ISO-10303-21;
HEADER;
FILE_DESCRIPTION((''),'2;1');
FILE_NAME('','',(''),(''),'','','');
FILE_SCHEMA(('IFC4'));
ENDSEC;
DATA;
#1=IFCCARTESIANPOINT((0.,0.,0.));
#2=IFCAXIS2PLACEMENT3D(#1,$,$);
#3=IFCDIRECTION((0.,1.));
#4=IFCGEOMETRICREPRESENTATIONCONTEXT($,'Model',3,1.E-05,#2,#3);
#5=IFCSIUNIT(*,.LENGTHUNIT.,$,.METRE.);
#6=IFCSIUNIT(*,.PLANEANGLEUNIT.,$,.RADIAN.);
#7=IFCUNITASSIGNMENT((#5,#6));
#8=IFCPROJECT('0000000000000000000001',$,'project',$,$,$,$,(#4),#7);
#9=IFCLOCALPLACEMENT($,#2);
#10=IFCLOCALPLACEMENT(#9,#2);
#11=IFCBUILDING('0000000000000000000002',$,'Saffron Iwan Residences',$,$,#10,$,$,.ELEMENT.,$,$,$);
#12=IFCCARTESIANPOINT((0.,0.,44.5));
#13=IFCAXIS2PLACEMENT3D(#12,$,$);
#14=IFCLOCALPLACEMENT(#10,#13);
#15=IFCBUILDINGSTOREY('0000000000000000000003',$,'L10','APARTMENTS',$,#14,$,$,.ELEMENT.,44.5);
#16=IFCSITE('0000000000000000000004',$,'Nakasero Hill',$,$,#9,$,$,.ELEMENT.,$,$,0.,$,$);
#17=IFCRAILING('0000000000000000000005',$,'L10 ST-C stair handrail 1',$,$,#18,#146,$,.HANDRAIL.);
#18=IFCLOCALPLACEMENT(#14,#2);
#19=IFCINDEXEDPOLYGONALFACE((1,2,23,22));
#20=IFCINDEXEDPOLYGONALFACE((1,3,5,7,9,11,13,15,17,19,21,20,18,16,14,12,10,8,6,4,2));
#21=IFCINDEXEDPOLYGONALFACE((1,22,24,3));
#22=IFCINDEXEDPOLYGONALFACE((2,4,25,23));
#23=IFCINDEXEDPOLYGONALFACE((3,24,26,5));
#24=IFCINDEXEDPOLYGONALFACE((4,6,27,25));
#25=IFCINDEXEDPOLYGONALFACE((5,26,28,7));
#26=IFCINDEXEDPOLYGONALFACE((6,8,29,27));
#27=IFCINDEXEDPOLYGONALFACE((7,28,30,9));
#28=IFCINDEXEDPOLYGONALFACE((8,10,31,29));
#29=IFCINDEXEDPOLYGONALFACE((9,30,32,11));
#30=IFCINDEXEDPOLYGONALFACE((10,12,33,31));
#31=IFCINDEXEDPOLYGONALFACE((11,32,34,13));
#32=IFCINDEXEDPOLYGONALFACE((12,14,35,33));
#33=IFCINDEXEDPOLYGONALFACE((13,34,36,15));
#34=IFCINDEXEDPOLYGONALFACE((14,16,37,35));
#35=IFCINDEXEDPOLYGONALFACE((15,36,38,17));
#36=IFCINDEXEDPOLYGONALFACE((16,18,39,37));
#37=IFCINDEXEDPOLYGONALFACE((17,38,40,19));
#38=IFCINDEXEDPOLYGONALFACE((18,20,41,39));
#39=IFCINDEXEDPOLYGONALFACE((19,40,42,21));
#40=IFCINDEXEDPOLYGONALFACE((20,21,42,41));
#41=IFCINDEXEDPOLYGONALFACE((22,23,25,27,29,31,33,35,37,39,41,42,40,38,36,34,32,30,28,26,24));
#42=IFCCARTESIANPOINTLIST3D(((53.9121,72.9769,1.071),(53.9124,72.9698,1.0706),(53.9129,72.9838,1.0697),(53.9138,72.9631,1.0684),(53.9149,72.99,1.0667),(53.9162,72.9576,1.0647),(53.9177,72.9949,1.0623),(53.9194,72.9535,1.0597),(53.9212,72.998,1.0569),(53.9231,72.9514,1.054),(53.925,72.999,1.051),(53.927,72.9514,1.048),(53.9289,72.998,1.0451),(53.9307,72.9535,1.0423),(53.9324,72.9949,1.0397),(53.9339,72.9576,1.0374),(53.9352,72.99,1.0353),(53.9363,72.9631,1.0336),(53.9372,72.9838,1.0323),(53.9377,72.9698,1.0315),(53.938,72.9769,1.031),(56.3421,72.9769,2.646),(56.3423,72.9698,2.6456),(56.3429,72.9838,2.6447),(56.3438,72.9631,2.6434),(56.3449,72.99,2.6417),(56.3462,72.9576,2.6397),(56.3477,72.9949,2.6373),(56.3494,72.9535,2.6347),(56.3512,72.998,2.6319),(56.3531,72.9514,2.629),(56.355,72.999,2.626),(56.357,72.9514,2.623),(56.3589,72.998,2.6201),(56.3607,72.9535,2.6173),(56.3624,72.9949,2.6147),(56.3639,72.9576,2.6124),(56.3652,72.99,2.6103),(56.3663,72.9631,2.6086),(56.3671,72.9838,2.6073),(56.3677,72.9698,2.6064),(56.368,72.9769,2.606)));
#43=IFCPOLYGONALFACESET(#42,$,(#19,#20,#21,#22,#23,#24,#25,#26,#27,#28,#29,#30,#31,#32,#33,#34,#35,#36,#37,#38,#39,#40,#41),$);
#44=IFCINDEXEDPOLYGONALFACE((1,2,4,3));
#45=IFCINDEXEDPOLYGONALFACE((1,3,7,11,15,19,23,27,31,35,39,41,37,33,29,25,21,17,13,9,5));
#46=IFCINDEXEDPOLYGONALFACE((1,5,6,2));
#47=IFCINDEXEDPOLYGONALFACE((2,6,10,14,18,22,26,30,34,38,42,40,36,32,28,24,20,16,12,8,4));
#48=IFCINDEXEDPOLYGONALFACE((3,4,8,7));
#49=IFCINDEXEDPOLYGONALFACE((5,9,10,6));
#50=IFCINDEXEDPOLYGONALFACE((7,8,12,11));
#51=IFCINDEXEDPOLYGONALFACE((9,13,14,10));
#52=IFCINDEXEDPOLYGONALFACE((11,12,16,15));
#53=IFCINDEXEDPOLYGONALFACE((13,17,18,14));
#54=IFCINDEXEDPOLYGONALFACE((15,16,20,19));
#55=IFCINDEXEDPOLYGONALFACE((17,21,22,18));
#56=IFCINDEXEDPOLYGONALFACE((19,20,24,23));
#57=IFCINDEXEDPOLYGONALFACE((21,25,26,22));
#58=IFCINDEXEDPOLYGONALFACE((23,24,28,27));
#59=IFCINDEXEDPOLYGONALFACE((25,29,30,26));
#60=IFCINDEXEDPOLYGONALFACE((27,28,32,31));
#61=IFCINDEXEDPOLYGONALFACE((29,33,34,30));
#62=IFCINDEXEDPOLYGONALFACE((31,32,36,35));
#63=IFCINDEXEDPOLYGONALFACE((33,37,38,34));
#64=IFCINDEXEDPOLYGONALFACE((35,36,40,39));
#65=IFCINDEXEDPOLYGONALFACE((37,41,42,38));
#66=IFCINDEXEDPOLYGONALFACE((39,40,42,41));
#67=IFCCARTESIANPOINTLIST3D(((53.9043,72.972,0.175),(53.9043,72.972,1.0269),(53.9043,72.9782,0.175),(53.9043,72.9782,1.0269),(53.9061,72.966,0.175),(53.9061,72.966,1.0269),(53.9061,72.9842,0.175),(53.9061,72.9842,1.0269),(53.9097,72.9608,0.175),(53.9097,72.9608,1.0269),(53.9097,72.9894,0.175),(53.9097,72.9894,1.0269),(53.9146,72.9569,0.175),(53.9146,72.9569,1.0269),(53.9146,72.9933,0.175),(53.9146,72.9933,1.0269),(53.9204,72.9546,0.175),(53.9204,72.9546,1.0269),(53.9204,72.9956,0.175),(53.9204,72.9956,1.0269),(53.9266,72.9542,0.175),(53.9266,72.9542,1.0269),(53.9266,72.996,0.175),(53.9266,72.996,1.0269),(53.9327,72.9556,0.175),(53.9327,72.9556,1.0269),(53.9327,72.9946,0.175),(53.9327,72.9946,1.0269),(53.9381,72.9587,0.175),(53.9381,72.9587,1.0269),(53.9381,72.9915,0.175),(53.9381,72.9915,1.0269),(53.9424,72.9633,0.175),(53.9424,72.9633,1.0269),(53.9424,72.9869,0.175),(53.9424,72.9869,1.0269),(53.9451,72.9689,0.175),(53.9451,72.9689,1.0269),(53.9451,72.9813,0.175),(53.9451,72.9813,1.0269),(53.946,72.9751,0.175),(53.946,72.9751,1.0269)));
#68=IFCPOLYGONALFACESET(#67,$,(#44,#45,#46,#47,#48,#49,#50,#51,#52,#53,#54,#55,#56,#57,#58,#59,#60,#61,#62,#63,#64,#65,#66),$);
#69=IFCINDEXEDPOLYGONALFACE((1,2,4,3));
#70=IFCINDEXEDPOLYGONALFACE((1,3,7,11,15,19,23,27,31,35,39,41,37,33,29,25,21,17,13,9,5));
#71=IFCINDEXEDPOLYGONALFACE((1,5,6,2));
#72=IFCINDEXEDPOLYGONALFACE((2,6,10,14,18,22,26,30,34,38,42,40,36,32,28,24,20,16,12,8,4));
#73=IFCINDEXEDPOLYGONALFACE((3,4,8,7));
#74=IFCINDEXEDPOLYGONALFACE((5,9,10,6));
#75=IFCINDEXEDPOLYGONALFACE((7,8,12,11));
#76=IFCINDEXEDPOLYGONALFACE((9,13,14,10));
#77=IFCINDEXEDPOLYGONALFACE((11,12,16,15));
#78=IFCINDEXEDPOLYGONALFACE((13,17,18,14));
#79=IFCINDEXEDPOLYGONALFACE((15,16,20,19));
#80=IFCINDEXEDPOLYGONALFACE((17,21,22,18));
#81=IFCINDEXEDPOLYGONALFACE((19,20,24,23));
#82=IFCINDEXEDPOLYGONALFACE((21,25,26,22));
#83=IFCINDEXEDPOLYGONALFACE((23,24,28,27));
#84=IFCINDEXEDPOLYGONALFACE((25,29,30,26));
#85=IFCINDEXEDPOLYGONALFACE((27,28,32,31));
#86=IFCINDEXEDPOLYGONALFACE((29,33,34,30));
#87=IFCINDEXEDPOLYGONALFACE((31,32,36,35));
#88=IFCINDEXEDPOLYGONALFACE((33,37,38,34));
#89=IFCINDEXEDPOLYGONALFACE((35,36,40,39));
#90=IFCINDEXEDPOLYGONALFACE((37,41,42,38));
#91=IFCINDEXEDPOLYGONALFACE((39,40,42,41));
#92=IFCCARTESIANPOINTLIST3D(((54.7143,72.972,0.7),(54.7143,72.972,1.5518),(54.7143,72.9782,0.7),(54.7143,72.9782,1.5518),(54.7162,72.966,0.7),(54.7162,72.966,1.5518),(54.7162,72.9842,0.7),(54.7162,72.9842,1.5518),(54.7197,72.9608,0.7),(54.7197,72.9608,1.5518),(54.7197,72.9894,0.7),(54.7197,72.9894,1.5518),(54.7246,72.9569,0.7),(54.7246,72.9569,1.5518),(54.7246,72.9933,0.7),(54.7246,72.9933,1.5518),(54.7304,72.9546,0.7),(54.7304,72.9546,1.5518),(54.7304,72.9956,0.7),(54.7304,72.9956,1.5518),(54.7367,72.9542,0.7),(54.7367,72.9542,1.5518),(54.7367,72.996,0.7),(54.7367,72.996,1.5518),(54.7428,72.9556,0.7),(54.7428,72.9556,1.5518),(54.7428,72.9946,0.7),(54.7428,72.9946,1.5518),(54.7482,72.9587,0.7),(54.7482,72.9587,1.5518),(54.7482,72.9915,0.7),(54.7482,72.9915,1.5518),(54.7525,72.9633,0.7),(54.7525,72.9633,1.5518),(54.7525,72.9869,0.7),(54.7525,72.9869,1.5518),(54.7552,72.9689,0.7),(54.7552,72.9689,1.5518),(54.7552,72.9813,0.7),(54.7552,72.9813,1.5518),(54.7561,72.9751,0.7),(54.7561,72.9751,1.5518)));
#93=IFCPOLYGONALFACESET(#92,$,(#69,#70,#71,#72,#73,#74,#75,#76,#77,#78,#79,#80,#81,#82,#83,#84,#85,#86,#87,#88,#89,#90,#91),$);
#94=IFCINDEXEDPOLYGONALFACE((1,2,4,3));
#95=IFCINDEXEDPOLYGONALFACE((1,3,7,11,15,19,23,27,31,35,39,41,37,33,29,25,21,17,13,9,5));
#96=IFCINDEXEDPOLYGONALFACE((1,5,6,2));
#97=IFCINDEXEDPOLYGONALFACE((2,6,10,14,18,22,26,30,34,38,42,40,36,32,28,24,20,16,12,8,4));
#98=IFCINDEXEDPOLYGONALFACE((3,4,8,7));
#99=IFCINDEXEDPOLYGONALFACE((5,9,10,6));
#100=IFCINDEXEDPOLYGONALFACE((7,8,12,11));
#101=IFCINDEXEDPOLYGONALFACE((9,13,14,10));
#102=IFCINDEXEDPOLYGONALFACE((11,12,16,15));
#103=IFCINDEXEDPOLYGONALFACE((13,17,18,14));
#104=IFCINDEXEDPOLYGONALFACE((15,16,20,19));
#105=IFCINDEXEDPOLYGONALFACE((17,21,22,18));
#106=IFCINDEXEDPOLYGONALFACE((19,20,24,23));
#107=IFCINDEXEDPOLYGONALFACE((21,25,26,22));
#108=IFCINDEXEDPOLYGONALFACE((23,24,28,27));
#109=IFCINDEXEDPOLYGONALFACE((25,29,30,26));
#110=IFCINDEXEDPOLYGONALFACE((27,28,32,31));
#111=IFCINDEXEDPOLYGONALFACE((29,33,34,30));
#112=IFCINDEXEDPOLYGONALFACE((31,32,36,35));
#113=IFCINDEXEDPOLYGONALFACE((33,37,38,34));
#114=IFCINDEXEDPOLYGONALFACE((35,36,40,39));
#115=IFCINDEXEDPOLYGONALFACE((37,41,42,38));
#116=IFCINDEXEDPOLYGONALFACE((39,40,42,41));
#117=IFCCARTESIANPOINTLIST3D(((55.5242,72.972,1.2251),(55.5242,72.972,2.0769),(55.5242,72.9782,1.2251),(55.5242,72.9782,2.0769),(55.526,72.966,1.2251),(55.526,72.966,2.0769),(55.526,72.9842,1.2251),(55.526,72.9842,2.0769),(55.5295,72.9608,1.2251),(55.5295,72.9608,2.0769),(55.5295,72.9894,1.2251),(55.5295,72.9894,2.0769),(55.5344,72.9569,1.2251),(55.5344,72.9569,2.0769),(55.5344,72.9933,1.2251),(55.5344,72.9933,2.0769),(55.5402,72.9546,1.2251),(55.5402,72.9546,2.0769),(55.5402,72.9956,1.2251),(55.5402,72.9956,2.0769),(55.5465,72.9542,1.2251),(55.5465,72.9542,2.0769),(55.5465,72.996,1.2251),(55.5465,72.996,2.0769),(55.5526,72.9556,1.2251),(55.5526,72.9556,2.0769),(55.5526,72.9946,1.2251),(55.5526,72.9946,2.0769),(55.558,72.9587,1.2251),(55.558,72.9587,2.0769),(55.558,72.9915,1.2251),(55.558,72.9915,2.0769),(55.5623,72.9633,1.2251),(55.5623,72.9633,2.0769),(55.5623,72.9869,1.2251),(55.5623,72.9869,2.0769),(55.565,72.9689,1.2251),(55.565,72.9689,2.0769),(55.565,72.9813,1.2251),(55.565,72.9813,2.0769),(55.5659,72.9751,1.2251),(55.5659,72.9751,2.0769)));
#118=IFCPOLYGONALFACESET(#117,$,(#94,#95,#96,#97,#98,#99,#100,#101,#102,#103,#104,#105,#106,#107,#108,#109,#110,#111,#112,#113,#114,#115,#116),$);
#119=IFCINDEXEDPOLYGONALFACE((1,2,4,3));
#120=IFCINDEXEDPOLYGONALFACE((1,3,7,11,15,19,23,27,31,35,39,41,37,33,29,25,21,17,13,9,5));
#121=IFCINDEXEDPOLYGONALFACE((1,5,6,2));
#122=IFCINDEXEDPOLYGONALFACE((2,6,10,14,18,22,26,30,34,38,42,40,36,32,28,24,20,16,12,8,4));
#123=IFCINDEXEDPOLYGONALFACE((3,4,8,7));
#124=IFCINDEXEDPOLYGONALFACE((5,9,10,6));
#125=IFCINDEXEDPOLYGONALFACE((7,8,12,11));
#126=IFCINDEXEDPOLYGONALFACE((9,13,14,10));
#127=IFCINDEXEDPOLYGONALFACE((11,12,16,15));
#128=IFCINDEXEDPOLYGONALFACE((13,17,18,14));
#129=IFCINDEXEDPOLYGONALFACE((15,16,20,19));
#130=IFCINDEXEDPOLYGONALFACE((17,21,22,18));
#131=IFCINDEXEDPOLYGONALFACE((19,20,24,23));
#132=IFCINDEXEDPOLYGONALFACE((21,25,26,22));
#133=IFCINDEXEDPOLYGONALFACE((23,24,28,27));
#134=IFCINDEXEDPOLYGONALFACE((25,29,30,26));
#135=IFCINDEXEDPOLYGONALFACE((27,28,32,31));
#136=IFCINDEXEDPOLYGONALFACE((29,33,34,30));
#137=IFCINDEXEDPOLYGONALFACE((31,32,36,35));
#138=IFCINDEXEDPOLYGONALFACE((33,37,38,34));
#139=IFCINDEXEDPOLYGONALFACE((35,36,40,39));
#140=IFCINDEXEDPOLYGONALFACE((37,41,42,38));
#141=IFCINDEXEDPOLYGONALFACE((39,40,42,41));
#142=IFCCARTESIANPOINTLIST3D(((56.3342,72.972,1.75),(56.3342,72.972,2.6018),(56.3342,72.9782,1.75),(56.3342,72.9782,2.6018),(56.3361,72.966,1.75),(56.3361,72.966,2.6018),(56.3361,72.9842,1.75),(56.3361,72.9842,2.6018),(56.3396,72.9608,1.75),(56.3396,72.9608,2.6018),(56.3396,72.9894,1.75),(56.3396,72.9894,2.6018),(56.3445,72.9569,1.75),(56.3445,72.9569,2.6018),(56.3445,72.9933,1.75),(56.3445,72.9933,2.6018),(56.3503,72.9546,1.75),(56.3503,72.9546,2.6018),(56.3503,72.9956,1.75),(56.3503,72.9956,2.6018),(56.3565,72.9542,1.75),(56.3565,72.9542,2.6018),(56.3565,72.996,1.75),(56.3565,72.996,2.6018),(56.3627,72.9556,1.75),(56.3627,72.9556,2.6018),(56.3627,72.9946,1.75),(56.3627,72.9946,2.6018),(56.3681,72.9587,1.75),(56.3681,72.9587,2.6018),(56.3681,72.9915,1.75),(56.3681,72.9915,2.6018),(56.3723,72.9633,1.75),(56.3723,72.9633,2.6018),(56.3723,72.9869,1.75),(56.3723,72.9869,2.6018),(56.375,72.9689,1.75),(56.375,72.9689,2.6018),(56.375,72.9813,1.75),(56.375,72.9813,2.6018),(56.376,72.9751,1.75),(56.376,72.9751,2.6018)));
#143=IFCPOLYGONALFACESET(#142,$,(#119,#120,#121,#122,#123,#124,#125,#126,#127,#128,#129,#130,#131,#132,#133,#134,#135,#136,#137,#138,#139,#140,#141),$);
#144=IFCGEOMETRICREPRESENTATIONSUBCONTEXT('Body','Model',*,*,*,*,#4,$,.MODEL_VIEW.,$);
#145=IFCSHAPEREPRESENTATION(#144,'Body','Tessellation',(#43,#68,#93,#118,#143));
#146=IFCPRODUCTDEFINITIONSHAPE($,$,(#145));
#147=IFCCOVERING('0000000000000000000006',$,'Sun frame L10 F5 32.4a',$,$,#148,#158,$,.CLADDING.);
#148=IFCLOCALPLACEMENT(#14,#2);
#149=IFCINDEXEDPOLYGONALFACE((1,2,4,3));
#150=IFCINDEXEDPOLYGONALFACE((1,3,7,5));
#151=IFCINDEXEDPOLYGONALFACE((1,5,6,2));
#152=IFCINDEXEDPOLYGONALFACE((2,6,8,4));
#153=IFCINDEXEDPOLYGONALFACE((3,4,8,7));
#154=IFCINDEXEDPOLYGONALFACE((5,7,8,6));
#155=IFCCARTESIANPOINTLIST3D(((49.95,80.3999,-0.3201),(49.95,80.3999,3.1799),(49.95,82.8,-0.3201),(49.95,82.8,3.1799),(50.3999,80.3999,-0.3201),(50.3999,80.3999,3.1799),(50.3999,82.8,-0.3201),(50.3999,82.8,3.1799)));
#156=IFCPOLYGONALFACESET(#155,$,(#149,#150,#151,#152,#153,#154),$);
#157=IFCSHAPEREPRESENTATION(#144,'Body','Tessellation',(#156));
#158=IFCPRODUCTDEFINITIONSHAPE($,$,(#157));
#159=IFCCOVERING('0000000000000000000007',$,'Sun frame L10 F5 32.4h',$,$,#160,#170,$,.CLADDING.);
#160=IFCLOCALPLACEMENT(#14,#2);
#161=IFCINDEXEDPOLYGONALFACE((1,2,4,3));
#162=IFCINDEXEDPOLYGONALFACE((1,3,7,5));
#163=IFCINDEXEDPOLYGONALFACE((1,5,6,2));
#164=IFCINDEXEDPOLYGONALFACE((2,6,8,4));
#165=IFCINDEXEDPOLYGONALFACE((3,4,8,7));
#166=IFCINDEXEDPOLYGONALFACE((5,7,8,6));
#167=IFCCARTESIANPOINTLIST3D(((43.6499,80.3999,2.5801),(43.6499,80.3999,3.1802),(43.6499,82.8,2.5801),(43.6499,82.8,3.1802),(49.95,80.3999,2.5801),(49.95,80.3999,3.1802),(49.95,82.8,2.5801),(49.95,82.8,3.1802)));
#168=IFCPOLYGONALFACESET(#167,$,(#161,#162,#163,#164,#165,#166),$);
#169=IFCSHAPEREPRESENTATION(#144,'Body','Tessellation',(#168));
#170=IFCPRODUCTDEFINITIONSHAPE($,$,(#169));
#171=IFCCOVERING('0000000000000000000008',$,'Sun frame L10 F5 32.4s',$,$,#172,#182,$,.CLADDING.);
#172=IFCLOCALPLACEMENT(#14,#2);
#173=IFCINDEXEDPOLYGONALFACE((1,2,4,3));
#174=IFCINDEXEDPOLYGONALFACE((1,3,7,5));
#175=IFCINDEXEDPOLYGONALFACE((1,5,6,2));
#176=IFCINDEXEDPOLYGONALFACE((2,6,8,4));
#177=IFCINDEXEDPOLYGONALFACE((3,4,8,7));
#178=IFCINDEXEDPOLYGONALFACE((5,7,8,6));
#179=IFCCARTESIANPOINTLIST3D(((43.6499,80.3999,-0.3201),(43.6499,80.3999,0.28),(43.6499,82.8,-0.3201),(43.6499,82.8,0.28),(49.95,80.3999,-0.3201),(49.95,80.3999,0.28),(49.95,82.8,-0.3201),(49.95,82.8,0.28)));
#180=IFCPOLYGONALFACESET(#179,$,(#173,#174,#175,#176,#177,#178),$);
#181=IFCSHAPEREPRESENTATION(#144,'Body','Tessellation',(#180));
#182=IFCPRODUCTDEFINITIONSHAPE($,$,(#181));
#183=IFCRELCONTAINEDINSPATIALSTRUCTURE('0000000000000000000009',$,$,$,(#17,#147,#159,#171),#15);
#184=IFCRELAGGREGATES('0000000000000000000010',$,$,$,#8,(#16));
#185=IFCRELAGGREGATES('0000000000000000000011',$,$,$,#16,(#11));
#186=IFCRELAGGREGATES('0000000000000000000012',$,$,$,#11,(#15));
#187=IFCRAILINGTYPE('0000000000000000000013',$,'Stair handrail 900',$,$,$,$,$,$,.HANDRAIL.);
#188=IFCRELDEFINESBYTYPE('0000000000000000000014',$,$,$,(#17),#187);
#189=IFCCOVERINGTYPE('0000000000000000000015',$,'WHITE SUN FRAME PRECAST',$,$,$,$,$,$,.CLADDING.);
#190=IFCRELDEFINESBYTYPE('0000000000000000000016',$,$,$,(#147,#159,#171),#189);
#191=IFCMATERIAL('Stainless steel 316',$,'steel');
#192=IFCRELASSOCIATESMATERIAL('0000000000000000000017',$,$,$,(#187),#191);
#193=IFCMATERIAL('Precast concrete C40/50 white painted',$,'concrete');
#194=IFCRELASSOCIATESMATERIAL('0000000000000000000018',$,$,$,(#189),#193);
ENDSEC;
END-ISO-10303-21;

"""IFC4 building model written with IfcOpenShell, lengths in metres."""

from ifc_helpers import new_model, si_unit, direction, frame, origin, origin_2d, place, context, subcontext, project, spatial, polyline, circle, outline, extrude, material, type_object, element, save


model = new_model("IFC4")

# Units and contexts
model_context = context("Model", 3, precision=1e-05, world=origin(), true_north=direction((0.0, 1.0)))
body_context = subcontext(model_context, "Body", "Model", "MODEL_VIEW")
ifc_project = project(units=[si_unit("LENGTHUNIT", "METRE"), si_unit("PLANEANGLEUNIT", "RADIAN")], contexts=[model_context])

# Site, building, storey
site_placement = place(None, origin())
site = spatial("IfcSite", under=ifc_project, at=site_placement, Name="Nakasero Hill", CompositionType="ELEMENT", RefElevation=0.0)
building_placement = place(site_placement, origin())
building = spatial("IfcBuilding", under=site, at=building_placement, Name="Saffron Iwan Residences", CompositionType="ELEMENT")
storey_placement = place(building_placement, frame((0.0, 0.0, 44.5)))
storey = spatial("IfcBuildingStorey", under=building, at=storey_placement, Name="L10", Description="APARTMENTS", CompositionType="ELEMENT", Elevation=44.5)

# Railing
ifc_material_1 = material(Name="Stainless steel 316", Category="steel")
railing_type_1 = type_object("IfcRailingType", Name="Stair handrail 900", PredefinedType="HANDRAIL", material=ifc_material_1)
railing_1_placement = place(storey_placement, frame((53.925, 72.9751, 0.175)))
element("IfcRailing", 1, at=railing_1_placement, inside=storey, type_object=railing_type_1, Name="L10 ST-C stair handrail 1", PredefinedType="HANDRAIL", context=body_context, shape_type="SweptSolid", body=[
    extrude(circle(Radius=0.0239, at=origin_2d()), frame((0.0, 0.0, 0.876), z_axis=(0.839154, 0.0, 0.543894), x_axis=(0.0, 1.0, 0.0)), (0.0, 0.0, 1.0), 2.8958),
    extrude(circle(Radius=0.021, at=origin_2d()), origin(), (0.0, 0.0, 1.0), 0.8518),
    extrude(circle(Radius=0.021, at=origin_2d()), frame((0.8101, 0.0, 0.5249)), (0.0, 0.0, 1.0), 0.8518),
    extrude(circle(Radius=0.021, at=origin_2d()), frame((1.6199, 0.0, 1.05)), (0.0, 0.0, 1.0), 0.8518),
    extrude(circle(Radius=0.021, at=origin_2d()), frame((2.4299, 0.0, 1.575)), (0.0, 0.0, 1.0), 0.8518),
])

# Coverings
ifc_material_2 = material(Name="Precast concrete C40/50 white painted", Category="concrete")
covering_type = type_object("IfcCoveringType", Name="WHITE SUN FRAME PRECAST", PredefinedType="CLADDING", material=ifc_material_2)
covering_placement = place(storey_placement, frame((50.3999, 80.3999, -0.3201), z_axis=(0.0, 1.0, 0.0), x_axis=(-1.0, 0.0, 0.0)))
element("IfcCovering", 2, at=covering_placement, inside=storey, type_object=covering_type, Name="Sun frame L10 F5 32.4a", PredefinedType="CLADDING", context=body_context, shape_type="SweptSolid", body=[
    extrude(outline(polyline([(0.0, 0.0), (0.45, 0.0), (0.45, 3.5), (0.0, 3.5), (0.0, 0.0)])), origin(), (0.0, 0.0, 1.0), 2.4001),
])
for number, where, z_axis, x_axis, name in (
    (3, (49.95, 80.3999, 2.5801), (0.0, 1.0, 0.0), (-1.0, 0.0, 0.0), "Sun frame L10 F5 32.4h"),
    (4, (49.95, 80.3999, -0.3201), (0.0, 1.0, 0.0), (-1.0, 0.0, 0.0), "Sun frame L10 F5 32.4s"),
):
    element("IfcCovering", number, at=place(storey_placement, frame(where, z_axis=z_axis, x_axis=x_axis)), inside=storey, type_object=covering_type, Name=name, PredefinedType="CLADDING", context=body_context, shape_type="SweptSolid", body=[
        extrude(outline(polyline([(0.0, 0.0), (6.3, 0.0), (6.3, 0.6001), (0.0, 0.6001), (0.0, 0.0)])), origin(), (0.0, 0.0, 1.0), 2.4001),
    ])

save(model, "model.ifc")
